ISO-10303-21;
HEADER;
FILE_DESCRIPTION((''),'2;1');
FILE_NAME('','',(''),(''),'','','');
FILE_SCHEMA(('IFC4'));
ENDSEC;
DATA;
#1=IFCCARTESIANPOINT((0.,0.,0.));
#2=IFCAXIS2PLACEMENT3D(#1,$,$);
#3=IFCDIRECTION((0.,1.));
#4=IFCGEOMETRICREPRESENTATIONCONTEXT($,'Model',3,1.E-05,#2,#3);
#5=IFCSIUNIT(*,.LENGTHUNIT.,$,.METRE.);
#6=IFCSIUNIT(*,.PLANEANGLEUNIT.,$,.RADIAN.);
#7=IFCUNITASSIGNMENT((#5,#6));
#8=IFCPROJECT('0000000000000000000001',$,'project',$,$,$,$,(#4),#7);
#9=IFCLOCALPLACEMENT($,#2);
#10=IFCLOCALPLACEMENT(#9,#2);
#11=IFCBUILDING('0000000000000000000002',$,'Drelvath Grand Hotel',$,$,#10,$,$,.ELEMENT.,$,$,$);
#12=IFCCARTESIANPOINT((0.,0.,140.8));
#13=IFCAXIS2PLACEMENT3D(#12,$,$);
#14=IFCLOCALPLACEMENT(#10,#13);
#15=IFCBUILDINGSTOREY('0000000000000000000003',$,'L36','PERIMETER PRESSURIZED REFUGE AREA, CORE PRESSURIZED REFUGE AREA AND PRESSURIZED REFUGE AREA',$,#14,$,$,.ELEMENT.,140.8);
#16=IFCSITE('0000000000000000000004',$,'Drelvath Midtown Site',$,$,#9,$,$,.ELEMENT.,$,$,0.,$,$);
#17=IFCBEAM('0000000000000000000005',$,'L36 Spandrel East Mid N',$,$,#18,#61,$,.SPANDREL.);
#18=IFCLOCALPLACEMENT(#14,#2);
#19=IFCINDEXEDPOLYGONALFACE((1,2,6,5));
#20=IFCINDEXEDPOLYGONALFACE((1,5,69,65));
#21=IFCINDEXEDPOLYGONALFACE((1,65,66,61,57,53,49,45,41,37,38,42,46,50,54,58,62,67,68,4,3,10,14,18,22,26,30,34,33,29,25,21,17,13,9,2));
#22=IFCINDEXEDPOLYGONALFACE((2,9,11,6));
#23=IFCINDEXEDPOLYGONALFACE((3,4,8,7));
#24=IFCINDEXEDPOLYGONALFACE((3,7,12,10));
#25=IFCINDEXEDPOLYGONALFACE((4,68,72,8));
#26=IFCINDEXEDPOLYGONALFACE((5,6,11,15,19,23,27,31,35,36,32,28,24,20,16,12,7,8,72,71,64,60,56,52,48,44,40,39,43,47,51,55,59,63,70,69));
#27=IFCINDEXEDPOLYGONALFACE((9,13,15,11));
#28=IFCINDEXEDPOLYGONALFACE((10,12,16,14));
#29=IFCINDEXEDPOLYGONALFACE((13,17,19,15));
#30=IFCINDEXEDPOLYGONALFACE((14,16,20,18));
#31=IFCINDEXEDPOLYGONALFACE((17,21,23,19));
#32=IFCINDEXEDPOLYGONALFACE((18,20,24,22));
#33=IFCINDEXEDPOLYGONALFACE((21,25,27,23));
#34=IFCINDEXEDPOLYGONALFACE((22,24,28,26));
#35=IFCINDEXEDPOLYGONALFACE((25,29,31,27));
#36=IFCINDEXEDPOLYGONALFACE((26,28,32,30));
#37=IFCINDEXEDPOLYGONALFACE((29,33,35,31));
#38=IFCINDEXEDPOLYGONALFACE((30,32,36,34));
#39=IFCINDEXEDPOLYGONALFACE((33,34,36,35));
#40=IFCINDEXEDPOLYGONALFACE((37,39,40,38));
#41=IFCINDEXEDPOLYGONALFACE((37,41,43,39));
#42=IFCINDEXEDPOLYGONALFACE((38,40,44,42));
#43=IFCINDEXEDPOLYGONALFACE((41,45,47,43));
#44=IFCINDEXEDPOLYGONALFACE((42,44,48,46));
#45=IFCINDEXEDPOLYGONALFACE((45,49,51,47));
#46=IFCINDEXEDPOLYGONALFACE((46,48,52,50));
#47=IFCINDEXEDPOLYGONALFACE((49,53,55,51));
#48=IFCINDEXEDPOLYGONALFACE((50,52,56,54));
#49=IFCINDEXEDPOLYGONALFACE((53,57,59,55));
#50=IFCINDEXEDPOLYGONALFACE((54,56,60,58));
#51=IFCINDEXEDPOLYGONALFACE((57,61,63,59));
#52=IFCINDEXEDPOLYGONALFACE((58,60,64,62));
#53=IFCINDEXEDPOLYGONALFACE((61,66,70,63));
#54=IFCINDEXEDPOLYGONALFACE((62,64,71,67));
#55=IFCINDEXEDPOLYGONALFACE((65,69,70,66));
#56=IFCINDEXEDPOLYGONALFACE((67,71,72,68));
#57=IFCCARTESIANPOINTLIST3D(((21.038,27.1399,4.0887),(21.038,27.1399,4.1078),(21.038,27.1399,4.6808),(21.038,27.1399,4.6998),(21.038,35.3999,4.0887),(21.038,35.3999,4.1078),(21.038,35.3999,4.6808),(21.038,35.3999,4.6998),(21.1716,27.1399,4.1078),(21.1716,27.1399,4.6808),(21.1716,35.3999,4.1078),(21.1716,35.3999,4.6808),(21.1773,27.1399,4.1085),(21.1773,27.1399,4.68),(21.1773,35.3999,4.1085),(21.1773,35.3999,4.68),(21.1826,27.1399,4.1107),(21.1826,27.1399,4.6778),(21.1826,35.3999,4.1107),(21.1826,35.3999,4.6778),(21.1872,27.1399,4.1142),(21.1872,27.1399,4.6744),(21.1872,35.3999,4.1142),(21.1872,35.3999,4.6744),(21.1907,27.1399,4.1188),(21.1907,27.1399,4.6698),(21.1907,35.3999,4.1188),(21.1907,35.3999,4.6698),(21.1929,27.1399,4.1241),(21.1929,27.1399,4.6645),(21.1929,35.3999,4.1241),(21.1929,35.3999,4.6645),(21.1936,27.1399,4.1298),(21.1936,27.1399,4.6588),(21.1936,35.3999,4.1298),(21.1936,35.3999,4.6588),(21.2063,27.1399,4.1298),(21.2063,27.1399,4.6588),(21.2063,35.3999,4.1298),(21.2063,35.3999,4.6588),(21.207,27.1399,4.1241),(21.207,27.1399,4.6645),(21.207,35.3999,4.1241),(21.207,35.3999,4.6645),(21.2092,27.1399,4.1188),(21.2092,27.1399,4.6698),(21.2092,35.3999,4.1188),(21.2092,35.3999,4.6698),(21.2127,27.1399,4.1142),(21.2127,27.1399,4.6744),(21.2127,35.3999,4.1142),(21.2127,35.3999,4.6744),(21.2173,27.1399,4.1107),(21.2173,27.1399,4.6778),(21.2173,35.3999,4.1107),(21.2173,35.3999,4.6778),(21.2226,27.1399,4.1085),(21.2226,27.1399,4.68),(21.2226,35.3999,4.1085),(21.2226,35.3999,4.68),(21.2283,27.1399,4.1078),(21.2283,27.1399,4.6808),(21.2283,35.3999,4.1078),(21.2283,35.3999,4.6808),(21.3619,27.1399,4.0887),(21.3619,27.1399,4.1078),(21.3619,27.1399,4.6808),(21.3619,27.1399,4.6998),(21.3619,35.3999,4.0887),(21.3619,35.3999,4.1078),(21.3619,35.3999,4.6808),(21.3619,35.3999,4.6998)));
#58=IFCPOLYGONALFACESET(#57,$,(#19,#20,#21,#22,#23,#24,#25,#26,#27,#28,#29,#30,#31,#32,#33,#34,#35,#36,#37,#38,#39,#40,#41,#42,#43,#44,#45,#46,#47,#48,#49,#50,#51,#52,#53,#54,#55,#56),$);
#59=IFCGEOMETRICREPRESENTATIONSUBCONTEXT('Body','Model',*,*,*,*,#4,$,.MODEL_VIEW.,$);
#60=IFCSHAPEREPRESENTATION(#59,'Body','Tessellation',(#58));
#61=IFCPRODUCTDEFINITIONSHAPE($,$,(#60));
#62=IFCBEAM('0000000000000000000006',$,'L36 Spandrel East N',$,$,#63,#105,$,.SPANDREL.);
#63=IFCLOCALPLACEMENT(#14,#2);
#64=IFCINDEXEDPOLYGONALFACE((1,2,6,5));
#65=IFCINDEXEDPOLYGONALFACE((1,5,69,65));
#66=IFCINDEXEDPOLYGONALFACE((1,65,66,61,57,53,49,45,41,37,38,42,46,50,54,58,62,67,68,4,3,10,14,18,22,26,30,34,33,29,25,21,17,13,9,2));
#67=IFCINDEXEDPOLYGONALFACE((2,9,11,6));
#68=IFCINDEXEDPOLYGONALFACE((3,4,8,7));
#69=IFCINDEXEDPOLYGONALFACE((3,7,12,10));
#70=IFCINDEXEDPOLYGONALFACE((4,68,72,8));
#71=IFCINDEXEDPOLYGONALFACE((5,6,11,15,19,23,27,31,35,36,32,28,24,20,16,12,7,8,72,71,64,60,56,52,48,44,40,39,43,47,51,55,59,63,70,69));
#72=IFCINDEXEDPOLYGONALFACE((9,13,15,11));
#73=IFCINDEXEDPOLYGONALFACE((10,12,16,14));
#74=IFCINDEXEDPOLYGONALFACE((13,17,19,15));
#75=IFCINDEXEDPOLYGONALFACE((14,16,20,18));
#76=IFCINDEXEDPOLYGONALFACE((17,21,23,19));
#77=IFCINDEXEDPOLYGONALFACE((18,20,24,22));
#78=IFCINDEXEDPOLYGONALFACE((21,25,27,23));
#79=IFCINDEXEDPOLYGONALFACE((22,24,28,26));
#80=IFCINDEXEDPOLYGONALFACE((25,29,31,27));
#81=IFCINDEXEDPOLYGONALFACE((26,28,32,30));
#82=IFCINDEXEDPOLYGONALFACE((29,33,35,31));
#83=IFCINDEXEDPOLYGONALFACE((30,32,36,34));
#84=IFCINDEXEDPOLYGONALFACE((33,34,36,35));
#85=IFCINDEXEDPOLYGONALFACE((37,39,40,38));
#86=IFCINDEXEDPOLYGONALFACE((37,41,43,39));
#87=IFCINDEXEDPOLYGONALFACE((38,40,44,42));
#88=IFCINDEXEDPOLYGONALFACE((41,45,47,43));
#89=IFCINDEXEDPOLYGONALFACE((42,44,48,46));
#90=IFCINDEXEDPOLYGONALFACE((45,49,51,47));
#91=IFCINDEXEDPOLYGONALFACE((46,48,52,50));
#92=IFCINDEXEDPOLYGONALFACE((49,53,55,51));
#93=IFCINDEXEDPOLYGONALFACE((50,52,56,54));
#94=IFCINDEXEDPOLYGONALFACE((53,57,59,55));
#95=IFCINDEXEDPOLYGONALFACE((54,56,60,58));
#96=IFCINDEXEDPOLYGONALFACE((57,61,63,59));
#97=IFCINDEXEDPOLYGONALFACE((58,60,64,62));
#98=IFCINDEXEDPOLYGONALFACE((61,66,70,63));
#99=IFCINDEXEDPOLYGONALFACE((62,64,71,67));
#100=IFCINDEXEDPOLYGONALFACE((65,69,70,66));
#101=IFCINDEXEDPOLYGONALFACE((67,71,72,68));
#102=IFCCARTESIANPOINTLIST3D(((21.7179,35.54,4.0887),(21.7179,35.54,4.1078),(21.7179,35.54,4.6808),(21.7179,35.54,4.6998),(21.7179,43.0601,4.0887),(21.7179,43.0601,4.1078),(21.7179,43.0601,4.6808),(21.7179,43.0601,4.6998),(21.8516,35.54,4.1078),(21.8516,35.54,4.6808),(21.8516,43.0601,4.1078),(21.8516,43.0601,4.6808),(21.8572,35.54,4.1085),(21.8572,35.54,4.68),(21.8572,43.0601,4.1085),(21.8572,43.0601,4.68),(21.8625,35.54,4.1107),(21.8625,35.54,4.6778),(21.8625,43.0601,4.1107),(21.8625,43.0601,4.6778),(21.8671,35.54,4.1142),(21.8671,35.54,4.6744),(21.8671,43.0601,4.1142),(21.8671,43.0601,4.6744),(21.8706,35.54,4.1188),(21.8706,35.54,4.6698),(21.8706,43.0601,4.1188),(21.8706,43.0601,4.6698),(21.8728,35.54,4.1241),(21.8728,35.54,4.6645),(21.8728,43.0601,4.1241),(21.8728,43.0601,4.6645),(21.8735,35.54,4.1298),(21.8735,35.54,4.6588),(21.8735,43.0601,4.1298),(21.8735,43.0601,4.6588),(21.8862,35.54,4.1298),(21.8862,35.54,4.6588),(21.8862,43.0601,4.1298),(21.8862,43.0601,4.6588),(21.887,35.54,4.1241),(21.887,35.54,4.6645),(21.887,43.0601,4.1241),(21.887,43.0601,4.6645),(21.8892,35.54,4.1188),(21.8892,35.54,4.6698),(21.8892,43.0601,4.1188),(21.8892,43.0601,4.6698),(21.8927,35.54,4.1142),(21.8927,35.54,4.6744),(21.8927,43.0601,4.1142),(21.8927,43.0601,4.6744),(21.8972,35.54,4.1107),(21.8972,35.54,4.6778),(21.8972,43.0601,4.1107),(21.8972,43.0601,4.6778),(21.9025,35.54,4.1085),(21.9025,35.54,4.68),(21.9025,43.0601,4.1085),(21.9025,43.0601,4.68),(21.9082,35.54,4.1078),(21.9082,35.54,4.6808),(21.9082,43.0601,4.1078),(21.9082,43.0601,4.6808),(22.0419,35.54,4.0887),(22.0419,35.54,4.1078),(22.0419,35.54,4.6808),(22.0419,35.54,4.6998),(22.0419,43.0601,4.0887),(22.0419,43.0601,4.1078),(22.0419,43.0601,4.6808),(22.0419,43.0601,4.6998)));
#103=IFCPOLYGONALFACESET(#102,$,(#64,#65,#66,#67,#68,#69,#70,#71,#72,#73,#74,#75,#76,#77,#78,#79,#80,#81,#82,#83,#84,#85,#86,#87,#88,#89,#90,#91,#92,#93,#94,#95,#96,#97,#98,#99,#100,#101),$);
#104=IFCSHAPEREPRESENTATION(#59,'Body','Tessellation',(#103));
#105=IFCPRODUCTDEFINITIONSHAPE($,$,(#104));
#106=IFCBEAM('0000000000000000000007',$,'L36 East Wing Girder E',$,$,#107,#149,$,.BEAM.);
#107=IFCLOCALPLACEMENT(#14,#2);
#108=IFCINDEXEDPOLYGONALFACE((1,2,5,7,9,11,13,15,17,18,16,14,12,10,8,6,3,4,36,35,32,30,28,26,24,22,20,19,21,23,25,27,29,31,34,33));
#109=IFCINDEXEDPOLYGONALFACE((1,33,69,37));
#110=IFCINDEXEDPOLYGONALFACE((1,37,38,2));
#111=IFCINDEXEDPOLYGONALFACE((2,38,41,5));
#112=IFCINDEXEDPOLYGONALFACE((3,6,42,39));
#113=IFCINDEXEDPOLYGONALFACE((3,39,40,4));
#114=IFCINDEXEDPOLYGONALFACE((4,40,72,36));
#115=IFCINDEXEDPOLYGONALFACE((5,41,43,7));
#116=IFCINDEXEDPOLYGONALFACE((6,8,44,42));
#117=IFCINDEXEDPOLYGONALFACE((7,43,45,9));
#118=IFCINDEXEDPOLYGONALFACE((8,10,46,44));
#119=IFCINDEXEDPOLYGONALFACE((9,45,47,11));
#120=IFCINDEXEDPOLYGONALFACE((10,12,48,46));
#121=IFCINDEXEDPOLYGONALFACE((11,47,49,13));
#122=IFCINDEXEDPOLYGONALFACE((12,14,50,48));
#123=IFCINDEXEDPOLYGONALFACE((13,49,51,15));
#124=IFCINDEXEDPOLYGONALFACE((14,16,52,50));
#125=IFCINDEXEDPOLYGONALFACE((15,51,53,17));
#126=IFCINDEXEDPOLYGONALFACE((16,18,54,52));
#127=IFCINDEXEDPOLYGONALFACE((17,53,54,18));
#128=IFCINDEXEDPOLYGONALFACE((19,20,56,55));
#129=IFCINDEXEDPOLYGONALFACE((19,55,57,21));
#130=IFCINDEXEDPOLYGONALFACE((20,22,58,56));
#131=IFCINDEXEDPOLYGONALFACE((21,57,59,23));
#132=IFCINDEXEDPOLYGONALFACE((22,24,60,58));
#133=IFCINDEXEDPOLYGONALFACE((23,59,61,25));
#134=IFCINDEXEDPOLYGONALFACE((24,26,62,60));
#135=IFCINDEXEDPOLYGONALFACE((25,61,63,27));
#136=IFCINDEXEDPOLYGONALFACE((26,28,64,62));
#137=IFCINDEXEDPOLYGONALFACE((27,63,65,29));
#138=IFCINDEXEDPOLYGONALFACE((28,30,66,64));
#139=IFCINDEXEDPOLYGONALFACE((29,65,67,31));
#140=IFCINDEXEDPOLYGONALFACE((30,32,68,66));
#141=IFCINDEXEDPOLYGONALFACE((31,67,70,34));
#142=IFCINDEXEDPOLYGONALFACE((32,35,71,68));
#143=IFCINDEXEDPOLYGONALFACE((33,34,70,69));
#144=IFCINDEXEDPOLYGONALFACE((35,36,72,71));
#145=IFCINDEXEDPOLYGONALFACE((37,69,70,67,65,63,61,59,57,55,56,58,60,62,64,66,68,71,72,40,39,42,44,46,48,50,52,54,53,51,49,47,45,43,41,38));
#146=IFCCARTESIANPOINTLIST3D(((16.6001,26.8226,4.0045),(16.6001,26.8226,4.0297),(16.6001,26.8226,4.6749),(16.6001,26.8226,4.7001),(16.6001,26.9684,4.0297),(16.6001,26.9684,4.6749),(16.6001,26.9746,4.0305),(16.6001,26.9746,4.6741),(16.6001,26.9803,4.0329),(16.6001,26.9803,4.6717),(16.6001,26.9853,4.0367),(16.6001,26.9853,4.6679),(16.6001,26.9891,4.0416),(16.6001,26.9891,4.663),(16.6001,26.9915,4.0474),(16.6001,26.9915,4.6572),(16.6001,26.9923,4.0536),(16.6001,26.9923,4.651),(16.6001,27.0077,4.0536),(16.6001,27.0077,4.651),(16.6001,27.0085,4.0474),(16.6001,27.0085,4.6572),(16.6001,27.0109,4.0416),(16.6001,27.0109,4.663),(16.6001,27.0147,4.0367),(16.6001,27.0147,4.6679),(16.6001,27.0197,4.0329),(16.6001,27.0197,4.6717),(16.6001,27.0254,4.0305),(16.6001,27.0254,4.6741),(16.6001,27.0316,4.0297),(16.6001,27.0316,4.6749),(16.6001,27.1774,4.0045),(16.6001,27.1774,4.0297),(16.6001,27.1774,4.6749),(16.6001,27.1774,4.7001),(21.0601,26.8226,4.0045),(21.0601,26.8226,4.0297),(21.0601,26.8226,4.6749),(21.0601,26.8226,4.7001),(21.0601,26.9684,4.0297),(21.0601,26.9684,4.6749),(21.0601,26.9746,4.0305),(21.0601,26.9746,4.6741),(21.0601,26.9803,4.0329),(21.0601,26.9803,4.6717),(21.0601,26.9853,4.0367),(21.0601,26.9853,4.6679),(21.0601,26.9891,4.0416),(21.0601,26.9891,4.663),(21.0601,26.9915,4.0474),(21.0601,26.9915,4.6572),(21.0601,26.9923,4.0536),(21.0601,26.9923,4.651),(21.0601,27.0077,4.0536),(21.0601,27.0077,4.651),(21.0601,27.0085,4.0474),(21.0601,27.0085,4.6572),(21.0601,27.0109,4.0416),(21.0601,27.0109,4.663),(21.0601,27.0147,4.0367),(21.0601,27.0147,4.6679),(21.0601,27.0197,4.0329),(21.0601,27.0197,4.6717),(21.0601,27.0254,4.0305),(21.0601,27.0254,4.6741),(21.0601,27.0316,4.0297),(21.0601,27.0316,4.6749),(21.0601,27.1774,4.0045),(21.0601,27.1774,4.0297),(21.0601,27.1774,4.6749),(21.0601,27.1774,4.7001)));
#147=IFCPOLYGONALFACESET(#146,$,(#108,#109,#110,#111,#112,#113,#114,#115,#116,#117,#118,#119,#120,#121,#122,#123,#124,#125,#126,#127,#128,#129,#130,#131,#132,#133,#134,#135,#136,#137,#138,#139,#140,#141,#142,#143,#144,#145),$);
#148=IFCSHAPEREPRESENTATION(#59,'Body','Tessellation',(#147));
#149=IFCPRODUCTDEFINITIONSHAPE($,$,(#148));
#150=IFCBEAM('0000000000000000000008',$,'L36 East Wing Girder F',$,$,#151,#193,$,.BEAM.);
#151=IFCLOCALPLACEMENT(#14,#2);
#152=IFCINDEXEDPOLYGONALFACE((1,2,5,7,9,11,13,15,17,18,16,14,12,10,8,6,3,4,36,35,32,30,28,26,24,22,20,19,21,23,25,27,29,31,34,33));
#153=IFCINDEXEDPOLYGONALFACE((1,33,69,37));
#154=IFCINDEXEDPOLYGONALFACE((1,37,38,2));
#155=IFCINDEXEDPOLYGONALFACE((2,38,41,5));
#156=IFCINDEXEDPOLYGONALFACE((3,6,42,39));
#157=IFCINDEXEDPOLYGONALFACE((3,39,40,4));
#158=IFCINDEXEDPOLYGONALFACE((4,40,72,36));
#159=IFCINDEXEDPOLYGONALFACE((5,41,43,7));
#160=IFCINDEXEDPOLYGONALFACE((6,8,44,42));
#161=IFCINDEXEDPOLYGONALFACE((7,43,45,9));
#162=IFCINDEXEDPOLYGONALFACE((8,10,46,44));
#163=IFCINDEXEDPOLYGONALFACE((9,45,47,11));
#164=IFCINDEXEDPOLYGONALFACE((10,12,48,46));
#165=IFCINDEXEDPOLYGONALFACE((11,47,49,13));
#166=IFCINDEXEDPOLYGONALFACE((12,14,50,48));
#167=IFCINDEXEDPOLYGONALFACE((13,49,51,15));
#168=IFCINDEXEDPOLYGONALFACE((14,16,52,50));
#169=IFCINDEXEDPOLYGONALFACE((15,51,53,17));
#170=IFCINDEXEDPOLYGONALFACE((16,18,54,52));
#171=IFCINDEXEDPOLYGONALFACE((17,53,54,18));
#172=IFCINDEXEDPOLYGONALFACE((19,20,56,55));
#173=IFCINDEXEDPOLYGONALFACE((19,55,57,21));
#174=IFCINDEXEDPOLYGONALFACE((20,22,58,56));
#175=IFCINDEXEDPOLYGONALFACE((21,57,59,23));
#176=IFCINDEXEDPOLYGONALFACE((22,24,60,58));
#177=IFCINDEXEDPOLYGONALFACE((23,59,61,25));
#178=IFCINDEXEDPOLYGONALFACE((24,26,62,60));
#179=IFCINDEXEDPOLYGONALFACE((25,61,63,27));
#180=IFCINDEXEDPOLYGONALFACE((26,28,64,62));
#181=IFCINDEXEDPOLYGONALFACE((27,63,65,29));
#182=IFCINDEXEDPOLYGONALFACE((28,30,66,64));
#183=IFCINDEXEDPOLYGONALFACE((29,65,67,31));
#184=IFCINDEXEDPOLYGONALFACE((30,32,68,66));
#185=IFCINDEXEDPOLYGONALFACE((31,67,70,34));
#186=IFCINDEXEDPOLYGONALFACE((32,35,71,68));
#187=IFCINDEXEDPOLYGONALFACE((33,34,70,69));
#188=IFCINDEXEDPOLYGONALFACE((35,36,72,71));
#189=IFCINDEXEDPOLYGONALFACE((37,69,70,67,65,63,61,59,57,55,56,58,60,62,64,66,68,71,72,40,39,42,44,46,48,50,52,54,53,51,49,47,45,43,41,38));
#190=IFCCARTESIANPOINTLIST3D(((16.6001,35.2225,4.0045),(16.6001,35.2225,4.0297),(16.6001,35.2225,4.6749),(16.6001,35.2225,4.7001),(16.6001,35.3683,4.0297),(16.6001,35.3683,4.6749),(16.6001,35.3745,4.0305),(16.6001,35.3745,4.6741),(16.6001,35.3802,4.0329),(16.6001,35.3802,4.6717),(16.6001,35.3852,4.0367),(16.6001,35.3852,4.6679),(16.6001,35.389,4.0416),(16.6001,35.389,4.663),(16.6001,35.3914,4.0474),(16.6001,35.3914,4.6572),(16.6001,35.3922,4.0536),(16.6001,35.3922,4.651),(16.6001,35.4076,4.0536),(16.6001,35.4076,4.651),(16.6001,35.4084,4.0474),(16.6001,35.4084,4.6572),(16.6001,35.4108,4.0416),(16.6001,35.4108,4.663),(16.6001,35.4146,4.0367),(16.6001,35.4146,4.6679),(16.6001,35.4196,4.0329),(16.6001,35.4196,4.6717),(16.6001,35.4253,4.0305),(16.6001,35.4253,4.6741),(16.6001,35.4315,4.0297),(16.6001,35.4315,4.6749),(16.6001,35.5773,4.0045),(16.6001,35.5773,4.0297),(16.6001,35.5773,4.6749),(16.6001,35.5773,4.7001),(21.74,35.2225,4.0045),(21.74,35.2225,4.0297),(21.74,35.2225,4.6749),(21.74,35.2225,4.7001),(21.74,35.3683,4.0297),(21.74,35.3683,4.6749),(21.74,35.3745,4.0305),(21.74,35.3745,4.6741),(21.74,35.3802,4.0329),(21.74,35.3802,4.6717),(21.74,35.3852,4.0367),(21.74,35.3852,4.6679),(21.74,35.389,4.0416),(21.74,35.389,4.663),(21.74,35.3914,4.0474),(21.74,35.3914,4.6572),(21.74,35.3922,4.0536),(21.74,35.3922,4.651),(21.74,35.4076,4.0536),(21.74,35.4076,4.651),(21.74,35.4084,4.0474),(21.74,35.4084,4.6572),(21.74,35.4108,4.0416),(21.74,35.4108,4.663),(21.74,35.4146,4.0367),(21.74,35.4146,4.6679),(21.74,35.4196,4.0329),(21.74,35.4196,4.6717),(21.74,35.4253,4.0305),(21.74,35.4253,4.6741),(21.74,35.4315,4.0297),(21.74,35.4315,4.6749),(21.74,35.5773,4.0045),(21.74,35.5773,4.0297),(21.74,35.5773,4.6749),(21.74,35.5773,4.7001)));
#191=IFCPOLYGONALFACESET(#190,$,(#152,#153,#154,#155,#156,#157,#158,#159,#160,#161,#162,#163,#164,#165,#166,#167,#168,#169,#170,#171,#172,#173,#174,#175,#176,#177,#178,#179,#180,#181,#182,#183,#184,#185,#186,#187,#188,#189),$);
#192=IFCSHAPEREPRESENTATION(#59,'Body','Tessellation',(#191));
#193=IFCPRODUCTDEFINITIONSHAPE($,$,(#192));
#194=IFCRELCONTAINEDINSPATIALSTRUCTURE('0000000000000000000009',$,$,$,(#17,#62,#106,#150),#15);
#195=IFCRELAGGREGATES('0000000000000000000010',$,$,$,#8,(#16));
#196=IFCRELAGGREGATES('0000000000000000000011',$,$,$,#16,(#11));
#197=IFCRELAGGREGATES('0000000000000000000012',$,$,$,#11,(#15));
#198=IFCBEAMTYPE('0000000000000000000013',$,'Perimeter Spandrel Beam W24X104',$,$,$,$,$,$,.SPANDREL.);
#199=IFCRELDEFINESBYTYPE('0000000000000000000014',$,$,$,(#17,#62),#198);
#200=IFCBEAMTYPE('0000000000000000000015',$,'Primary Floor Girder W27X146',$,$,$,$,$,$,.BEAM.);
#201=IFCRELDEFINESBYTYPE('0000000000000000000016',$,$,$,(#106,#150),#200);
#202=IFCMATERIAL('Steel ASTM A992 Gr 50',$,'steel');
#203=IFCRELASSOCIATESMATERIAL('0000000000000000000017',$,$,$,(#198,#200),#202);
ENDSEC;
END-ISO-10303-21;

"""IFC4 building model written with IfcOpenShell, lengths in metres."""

from ifc_helpers import new_model, si_unit, direction, frame, origin, origin_2d, place, context, subcontext, project, spatial, i_section, extrude, material, material_profile, profile_set, type_object, element, save


model = new_model("IFC4")

# Units and contexts
model_context = context("Model", 3, precision=1e-05, world=origin(), true_north=direction((0.0, 1.0)))
body_context = subcontext(model_context, "Body", "Model", "MODEL_VIEW")
ifc_project = project(units=[si_unit("LENGTHUNIT", "METRE"), si_unit("PLANEANGLEUNIT", "RADIAN")], contexts=[model_context])

# Site, building, storey
site_placement = place(None, origin())
site = spatial("IfcSite", under=ifc_project, at=site_placement, Name="Drelvath Midtown Site", CompositionType="ELEMENT", RefElevation=0.0)
building_placement = place(site_placement, origin())
building = spatial("IfcBuilding", under=site, at=building_placement, Name="Drelvath Grand Hotel", CompositionType="ELEMENT")
storey_placement = place(building_placement, frame((0.0, 0.0, 140.8)))
storey = spatial("IfcBuildingStorey", under=building, at=storey_placement, Name="L36", Description="PERIMETER PRESSURIZED REFUGE AREA, CORE PRESSURIZED REFUGE AREA AND PRESSURIZED REFUGE AREA", CompositionType="ELEMENT", Elevation=140.8)

# Beams
ifc_material_1 = material(Name="Steel ASTM A992 Gr 50", Category="steel")
ifc_material_profile_1 = material_profile(ifc_material_1, i_section(OverallWidth=0.324, OverallDepth=0.6111, WebThickness=0.0127, FlangeThickness=0.019, FilletRadius=0.022, at=origin_2d()), Name="W24X104")
ifc_profile_set_1 = profile_set([ifc_material_profile_1], Name="Steel ASTM A992 Gr 50")
beam_type_1 = type_object("IfcBeamType", Name="Perimeter Spandrel Beam W24X104", PredefinedType="SPANDREL", material=ifc_profile_set_1)
beam_1_placement = place(storey_placement, frame((21.2, 27.1399, 4.3943), z_axis=(0.0, 1.0, 0.0), x_axis=(-1.0, 0.0, 0.0)))
element("IfcBeam", 1, at=beam_1_placement, inside=storey, type_object=beam_type_1, Name="L36 Spandrel East Mid N", PredefinedType="SPANDREL", context=body_context, shape_type="SweptSolid", body=[
    extrude(i_section(OverallWidth=0.324, OverallDepth=0.6111, WebThickness=0.0127, FlangeThickness=0.019, FilletRadius=0.022, at=origin_2d()), origin(), (0.0, 0.0, 1.0), 8.26),
])
beam_2_placement = place(storey_placement, frame((21.8799, 35.54, 4.3943), z_axis=(0.0, 1.0, 0.0), x_axis=(-1.0, 0.0, 0.0)))
element("IfcBeam", 2, at=beam_2_placement, inside=storey, type_object=beam_type_1, Name="L36 Spandrel East N", PredefinedType="SPANDREL", context=body_context, shape_type="SweptSolid", body=[
    extrude(i_section(OverallWidth=0.324, OverallDepth=0.6111, WebThickness=0.0127, FlangeThickness=0.019, FilletRadius=0.022, at=origin_2d()), origin(), (0.0, 0.0, 1.0), 7.52),
])
ifc_material_profile_2 = material_profile(ifc_material_1, i_section(OverallWidth=0.3547, OverallDepth=0.6956, WebThickness=0.0154, FlangeThickness=0.0251, FilletRadius=0.0239, at=origin_2d()), Name="W27X146")
ifc_profile_set_2 = profile_set([ifc_material_profile_2], Name="Steel ASTM A992 Gr 50")
beam_type_2 = type_object("IfcBeamType", Name="Primary Floor Girder W27X146", PredefinedType="BEAM", material=ifc_profile_set_2)
beam_3_placement = place(storey_placement, frame((16.6001, 27.0, 4.3523), z_axis=(1.0, 0.0, 0.0), x_axis=(0.0, 1.0, 0.0)))
element("IfcBeam", 3, at=beam_3_placement, inside=storey, type_object=beam_type_2, Name="L36 East Wing Girder E", PredefinedType="BEAM", context=body_context, shape_type="SweptSolid", body=[
    extrude(i_section(OverallWidth=0.3547, OverallDepth=0.6956, WebThickness=0.0154, FlangeThickness=0.0251, FilletRadius=0.0239, at=origin_2d()), origin(), (0.0, 0.0, 1.0), 4.46),
])
beam_4_placement = place(storey_placement, frame((16.6001, 35.3999, 4.3523), z_axis=(1.0, 0.0, 0.0), x_axis=(0.0, 1.0, 0.0)))
element("IfcBeam", 4, at=beam_4_placement, inside=storey, type_object=beam_type_2, Name="L36 East Wing Girder F", PredefinedType="BEAM", context=body_context, shape_type="SweptSolid", body=[
    extrude(i_section(OverallWidth=0.3547, OverallDepth=0.6956, WebThickness=0.0154, FlangeThickness=0.0251, FilletRadius=0.0239, at=origin_2d()), origin(), (0.0, 0.0, 1.0), 5.1399),
])

save(model, "model.ifc")
